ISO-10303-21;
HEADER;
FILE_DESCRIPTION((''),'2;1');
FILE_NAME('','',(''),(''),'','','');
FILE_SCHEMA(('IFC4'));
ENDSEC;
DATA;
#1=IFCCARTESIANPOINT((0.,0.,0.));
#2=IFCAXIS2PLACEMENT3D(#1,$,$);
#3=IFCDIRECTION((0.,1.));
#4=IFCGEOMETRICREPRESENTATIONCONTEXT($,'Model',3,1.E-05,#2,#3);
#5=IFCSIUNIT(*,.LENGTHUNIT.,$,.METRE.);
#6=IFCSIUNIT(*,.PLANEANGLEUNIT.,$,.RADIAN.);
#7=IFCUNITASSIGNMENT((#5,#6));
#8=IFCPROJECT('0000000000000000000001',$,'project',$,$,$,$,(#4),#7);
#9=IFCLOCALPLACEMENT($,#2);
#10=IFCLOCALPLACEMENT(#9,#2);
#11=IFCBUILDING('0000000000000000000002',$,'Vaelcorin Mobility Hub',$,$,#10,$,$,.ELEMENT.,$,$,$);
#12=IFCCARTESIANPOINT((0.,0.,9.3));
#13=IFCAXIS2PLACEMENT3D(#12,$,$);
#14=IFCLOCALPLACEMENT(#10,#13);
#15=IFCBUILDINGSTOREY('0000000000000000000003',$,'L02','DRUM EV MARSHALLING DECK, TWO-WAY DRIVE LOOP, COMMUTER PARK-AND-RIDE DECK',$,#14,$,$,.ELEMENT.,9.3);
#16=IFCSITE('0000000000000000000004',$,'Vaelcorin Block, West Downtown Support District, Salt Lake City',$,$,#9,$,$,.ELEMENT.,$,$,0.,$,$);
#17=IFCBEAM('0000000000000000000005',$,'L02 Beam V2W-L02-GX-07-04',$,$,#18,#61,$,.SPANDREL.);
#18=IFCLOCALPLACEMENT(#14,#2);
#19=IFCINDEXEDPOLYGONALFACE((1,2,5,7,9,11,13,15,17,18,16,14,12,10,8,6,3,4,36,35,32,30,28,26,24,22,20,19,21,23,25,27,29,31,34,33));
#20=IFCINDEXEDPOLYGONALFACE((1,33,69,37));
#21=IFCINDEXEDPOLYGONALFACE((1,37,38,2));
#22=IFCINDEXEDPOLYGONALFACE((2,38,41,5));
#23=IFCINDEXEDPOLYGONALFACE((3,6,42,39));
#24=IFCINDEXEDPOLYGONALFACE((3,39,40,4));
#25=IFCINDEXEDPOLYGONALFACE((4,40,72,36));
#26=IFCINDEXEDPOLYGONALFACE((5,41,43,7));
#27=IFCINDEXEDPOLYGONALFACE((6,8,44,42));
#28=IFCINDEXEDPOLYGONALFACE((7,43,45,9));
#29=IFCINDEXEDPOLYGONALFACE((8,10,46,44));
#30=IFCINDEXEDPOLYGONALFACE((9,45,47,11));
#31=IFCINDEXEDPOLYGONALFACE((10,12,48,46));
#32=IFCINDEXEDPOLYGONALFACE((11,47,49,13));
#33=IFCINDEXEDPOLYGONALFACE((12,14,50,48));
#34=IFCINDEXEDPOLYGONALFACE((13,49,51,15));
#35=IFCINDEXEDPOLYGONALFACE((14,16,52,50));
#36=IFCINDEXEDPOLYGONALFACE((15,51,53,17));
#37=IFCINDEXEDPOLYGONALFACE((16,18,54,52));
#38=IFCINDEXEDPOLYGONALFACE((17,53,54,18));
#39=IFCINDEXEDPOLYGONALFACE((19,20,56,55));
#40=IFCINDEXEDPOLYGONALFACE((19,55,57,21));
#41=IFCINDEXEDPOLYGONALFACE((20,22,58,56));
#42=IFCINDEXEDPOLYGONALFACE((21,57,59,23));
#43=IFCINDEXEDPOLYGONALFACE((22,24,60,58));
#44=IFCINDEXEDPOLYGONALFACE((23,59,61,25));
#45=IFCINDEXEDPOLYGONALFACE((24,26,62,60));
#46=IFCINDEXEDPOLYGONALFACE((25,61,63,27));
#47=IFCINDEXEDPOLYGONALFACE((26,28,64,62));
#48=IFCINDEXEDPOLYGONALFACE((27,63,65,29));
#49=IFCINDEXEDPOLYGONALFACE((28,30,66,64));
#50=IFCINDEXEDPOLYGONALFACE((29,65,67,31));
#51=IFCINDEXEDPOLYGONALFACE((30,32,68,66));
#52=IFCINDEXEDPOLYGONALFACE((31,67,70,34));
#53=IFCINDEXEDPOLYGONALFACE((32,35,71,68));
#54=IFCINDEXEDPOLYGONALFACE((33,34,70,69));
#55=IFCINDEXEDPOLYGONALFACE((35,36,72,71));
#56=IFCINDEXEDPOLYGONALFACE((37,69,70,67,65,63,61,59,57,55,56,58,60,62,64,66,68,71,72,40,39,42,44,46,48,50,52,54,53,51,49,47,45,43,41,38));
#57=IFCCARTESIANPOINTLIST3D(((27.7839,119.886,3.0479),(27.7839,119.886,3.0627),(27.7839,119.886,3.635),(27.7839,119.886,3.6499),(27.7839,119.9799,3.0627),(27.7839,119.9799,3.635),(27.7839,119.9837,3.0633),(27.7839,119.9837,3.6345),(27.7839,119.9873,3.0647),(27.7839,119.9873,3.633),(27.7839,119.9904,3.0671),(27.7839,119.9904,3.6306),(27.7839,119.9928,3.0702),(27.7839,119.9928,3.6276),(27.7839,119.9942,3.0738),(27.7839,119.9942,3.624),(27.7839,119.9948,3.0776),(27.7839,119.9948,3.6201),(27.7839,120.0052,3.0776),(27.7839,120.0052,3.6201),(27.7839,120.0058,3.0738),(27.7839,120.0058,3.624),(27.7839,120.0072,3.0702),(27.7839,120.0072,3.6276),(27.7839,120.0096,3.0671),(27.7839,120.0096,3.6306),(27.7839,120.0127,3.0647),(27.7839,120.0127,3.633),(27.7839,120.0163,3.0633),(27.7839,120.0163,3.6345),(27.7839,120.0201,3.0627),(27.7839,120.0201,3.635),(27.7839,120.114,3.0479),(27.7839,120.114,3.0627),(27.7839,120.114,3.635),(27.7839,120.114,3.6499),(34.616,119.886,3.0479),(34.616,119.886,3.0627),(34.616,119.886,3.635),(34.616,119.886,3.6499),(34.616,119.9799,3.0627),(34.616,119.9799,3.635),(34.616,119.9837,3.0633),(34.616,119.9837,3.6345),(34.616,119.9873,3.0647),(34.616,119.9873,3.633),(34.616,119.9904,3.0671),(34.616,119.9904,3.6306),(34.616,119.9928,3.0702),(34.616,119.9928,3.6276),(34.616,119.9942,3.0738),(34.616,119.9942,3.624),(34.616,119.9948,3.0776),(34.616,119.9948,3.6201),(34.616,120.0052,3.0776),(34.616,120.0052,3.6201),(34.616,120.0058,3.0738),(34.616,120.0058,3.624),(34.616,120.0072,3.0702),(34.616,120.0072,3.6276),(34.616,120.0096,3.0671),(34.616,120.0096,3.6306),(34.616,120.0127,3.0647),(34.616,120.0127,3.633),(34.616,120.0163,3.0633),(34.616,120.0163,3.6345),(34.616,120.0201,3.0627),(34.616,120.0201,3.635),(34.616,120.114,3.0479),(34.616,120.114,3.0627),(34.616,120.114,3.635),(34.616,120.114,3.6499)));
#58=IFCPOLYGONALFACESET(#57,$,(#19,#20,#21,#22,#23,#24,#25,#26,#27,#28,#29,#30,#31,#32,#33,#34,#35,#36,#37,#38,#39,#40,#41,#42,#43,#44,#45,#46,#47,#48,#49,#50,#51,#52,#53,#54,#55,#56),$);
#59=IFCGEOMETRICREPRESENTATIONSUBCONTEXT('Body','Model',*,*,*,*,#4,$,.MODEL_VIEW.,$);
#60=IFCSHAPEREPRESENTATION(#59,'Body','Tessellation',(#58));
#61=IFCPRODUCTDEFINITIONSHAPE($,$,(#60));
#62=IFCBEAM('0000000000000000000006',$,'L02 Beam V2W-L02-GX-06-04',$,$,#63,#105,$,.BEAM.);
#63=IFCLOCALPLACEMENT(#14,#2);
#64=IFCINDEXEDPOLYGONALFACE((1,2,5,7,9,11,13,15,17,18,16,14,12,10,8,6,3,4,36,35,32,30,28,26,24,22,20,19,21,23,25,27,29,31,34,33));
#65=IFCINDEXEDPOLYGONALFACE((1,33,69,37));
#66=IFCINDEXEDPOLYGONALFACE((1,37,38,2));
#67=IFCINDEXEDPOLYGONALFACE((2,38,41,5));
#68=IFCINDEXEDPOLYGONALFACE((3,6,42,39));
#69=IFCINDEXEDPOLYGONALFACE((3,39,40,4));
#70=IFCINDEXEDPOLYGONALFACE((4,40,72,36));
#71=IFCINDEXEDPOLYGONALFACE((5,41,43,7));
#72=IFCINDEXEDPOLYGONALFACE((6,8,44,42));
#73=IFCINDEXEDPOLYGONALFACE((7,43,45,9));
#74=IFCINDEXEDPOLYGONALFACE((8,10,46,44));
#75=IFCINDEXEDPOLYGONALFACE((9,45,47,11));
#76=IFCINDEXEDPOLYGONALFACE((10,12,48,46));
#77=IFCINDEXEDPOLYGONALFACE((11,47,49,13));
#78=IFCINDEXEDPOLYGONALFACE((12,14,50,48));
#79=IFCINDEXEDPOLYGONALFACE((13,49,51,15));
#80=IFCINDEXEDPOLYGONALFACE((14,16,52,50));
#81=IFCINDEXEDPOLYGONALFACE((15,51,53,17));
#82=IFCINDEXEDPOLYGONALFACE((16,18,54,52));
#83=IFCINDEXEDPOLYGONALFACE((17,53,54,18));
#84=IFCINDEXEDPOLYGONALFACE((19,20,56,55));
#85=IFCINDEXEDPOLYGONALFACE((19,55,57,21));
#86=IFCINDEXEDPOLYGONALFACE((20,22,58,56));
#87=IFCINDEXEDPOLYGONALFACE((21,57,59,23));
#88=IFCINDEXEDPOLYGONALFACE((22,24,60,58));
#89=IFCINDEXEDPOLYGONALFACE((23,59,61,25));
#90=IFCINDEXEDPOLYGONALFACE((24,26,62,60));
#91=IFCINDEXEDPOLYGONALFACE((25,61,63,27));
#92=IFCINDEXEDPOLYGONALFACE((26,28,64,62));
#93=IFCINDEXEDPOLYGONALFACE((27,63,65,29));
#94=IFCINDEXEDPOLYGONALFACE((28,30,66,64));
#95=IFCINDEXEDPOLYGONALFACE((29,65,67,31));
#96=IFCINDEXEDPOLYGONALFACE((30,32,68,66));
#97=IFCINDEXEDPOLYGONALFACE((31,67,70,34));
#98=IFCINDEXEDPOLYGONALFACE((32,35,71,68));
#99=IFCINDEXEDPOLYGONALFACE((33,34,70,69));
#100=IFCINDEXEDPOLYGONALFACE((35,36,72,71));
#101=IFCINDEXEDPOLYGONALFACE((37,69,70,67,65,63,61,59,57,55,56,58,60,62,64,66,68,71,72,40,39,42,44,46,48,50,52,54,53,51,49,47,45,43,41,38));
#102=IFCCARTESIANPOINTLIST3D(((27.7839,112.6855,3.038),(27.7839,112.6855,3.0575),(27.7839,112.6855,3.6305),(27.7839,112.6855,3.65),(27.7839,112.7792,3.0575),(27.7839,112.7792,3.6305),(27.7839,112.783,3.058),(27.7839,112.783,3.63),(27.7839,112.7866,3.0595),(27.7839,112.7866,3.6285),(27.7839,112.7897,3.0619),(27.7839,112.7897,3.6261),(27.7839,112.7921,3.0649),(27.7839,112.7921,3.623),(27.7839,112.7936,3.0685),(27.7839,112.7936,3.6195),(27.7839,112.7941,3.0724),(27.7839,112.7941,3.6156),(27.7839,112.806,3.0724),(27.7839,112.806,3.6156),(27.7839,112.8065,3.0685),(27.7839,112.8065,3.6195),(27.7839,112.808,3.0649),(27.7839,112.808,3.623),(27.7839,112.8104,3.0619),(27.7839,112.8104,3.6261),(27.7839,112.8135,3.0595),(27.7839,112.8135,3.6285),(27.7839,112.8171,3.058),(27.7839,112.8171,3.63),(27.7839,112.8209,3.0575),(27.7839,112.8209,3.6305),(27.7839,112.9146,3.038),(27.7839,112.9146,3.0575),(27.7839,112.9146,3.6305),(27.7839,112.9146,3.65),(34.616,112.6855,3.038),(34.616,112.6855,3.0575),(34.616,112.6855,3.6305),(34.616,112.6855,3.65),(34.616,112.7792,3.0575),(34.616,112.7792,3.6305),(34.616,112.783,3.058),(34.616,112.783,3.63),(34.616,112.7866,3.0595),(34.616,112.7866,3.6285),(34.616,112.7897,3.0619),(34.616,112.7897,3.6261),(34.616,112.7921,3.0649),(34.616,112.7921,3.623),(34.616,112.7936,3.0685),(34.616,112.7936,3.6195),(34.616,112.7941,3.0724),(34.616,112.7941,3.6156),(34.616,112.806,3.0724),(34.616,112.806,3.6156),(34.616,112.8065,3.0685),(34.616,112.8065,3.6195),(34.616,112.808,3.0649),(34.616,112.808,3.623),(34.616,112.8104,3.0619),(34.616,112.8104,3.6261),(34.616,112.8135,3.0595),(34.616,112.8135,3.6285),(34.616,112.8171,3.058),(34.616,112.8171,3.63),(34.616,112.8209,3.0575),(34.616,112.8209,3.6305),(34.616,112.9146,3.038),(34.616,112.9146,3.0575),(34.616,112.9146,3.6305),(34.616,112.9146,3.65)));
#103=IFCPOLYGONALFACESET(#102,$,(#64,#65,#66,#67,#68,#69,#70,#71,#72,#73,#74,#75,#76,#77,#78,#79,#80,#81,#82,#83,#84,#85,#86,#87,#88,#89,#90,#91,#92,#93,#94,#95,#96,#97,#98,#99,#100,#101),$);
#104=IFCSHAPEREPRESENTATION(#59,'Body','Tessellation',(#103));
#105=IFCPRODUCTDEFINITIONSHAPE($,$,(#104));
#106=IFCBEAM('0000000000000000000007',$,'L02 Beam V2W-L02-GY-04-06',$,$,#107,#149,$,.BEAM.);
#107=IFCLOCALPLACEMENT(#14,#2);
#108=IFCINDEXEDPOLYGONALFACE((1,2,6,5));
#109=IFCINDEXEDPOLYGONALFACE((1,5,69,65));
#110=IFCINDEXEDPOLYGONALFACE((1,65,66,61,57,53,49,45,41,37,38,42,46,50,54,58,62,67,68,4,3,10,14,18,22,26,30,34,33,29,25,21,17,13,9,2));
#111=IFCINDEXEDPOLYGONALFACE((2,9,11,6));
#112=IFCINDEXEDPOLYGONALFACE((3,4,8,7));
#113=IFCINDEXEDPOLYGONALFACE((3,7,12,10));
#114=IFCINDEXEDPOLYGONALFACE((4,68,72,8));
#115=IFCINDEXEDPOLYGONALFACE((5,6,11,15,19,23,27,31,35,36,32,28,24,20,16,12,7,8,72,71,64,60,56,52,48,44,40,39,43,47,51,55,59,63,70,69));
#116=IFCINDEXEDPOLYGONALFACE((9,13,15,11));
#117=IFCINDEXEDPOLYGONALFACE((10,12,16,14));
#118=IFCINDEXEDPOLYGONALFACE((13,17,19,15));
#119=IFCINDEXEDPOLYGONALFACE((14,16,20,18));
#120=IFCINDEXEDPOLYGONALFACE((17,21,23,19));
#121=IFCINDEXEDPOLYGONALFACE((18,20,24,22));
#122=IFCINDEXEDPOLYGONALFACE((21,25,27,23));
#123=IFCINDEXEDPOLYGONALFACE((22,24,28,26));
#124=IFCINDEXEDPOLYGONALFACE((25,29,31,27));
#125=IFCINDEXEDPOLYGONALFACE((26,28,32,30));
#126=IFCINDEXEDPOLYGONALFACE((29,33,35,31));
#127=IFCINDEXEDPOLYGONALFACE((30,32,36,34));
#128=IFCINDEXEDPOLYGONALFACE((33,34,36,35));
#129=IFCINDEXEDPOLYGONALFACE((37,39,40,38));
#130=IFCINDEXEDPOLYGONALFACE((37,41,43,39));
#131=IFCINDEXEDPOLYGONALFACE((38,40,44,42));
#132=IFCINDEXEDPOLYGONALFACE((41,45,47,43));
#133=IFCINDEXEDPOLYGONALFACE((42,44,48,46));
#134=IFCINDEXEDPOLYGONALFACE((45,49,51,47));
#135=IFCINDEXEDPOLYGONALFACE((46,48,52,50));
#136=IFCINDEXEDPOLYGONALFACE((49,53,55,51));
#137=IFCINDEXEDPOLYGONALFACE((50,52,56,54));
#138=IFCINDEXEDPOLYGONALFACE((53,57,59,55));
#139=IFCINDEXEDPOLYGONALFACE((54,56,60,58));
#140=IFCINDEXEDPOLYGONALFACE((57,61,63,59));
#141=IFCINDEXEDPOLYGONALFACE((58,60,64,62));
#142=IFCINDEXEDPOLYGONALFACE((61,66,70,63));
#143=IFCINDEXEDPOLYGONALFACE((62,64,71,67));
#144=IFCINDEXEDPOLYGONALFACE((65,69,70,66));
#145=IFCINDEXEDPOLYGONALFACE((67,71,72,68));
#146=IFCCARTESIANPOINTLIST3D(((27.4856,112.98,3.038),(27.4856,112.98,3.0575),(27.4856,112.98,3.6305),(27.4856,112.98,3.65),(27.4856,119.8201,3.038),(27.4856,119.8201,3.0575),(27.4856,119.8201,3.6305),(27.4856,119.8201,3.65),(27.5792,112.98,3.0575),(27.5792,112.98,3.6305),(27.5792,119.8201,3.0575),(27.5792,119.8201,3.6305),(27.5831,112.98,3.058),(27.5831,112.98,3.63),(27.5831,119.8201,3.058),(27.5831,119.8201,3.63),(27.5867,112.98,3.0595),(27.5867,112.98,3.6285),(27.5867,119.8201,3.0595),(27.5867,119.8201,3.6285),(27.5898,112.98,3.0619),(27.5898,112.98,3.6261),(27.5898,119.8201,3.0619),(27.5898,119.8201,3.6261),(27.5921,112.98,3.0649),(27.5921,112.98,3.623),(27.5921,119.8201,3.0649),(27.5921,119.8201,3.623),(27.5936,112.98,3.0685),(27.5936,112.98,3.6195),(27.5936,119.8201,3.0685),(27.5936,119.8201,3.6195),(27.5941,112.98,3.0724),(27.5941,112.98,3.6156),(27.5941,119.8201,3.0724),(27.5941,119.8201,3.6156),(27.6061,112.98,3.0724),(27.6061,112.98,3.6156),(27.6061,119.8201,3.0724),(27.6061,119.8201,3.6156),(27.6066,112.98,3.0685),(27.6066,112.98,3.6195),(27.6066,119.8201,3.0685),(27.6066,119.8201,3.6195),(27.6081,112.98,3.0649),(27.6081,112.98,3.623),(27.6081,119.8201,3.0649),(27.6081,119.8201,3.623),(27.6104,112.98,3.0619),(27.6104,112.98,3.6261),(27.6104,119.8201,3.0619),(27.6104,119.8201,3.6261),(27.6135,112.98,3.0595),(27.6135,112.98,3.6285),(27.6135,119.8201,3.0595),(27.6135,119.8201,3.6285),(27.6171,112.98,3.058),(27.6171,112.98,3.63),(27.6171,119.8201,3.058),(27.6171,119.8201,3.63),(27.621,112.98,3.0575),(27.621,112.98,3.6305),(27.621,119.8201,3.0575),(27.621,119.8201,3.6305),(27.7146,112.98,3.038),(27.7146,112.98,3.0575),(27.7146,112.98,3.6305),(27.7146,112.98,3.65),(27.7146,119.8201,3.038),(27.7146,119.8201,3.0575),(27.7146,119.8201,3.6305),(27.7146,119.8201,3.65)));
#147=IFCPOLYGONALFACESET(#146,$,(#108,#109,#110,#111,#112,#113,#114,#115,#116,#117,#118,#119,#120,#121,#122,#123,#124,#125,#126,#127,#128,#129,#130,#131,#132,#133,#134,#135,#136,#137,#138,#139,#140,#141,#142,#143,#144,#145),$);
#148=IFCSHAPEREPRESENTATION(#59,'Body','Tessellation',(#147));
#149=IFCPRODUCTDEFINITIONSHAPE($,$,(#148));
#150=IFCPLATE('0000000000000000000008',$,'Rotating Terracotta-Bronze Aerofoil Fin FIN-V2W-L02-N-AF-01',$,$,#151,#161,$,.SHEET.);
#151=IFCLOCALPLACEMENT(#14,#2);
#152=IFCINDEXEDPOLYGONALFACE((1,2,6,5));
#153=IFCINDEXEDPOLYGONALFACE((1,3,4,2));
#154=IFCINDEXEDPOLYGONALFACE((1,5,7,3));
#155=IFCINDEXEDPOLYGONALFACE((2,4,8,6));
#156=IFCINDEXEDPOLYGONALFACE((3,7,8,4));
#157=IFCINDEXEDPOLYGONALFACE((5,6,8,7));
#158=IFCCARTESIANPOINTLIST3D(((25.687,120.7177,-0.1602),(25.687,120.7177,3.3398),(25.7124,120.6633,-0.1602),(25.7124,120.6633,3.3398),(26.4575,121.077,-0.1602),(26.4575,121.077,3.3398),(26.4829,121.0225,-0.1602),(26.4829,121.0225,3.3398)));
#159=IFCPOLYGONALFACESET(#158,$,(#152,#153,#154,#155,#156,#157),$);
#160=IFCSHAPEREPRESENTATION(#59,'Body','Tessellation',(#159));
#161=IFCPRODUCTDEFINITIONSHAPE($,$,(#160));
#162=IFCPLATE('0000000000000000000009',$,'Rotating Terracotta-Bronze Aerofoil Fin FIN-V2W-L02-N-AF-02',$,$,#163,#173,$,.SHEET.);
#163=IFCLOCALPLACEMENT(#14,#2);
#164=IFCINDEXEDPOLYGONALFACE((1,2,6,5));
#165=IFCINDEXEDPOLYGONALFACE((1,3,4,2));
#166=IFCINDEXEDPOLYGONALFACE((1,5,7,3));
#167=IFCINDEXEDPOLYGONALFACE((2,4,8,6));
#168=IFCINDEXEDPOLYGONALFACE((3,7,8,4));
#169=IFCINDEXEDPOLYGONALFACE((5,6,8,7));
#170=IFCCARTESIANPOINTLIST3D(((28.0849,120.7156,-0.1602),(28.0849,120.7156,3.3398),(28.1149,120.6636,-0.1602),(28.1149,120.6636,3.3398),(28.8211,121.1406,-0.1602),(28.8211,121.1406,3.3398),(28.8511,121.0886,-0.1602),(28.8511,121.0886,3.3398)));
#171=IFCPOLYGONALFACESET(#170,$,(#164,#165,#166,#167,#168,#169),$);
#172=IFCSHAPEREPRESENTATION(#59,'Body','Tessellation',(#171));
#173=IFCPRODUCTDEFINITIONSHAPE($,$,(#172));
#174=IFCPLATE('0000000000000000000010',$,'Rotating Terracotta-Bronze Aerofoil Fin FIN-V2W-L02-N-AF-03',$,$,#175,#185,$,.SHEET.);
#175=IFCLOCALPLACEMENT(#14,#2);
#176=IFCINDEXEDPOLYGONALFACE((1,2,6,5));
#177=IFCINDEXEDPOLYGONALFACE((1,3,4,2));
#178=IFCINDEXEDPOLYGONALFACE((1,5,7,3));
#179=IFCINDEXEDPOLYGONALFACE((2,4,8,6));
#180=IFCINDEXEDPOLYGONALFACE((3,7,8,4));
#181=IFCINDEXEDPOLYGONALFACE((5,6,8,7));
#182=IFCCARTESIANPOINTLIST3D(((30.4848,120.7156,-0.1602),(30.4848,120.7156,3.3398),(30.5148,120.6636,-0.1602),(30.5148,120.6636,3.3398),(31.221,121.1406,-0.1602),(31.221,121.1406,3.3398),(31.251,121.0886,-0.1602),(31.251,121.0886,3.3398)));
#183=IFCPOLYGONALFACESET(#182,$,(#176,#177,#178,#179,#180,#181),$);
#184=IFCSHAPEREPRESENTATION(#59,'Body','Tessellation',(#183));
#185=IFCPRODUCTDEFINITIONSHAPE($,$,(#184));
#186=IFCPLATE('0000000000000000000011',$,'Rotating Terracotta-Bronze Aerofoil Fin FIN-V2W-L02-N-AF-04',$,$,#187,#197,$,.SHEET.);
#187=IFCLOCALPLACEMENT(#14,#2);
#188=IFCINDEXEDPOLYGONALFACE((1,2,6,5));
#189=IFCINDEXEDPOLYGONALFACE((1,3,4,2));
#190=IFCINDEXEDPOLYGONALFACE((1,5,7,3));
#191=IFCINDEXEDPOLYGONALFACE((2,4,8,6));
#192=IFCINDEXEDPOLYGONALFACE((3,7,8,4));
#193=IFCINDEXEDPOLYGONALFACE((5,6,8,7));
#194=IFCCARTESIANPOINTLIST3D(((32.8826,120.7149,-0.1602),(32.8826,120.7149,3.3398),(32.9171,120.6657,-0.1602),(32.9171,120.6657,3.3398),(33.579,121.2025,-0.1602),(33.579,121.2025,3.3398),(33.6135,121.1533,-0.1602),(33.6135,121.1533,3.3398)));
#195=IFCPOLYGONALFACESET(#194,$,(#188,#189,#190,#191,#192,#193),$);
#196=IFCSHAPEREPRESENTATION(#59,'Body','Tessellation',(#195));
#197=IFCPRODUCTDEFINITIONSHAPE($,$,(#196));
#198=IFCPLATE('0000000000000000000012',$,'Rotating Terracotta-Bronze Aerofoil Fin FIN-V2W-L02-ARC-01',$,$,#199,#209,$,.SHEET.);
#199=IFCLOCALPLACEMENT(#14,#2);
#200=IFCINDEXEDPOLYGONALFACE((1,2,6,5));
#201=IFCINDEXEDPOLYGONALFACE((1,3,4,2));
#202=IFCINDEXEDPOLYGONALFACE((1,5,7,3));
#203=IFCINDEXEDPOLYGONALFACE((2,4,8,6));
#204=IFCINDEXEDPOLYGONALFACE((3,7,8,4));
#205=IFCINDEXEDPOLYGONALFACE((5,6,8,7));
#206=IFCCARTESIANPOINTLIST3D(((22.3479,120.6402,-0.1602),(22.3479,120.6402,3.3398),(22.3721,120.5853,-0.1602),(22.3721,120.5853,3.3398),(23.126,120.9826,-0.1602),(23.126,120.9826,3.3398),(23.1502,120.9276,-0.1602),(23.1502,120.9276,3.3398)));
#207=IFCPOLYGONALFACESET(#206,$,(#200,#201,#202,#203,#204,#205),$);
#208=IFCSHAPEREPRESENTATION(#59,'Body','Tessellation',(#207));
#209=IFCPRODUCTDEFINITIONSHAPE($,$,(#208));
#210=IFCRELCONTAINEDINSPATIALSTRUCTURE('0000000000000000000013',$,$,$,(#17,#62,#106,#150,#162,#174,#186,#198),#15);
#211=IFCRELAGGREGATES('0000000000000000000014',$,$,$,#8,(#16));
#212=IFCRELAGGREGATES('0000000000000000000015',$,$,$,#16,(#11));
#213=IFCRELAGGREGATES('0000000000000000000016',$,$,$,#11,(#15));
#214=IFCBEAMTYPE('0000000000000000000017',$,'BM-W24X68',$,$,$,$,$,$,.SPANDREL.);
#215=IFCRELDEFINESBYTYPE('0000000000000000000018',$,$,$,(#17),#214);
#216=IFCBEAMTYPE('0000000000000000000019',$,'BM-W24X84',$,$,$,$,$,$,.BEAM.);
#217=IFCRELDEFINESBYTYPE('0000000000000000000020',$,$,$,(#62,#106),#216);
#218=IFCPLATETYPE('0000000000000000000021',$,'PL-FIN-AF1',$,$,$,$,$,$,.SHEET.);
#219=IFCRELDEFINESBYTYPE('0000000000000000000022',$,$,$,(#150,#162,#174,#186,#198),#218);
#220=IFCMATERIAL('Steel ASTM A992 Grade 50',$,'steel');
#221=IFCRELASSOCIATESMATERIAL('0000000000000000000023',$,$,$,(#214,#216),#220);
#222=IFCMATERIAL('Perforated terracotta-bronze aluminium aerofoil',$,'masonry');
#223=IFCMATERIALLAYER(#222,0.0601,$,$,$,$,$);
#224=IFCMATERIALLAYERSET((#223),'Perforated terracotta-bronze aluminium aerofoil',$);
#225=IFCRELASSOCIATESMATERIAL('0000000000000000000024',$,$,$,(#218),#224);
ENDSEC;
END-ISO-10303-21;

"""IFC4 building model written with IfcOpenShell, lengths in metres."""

from ifc_helpers import new_model, si_unit, direction, frame, origin, origin_2d, place, context, subcontext, project, spatial, rectangle, i_section, extrude, material, layer, layer_set, material_profile, profile_set, type_object, element, save


model = new_model("IFC4")

# Units and contexts
model_context = context("Model", 3, precision=1e-05, world=origin(), true_north=direction((0.0, 1.0)))
body_context = subcontext(model_context, "Body", "Model", "MODEL_VIEW")
ifc_project = project(units=[si_unit("LENGTHUNIT", "METRE"), si_unit("PLANEANGLEUNIT", "RADIAN")], contexts=[model_context])

# Site, building, storey
site_placement = place(None, origin())
site = spatial("IfcSite", under=ifc_project, at=site_placement, Name="Vaelcorin Block, West Downtown Support District, Salt Lake City", CompositionType="ELEMENT", RefElevation=0.0)
building_placement = place(site_placement, origin())
building = spatial("IfcBuilding", under=site, at=building_placement, Name="Vaelcorin Mobility Hub", CompositionType="ELEMENT")
storey_placement = place(building_placement, frame((0.0, 0.0, 9.3)))
storey = spatial("IfcBuildingStorey", under=building, at=storey_placement, Name="L02", Description="DRUM EV MARSHALLING DECK, TWO-WAY DRIVE LOOP, COMMUTER PARK-AND-RIDE DECK", CompositionType="ELEMENT", Elevation=9.3)

# Shared definitions
ifc_material_1 = material(Name="Steel ASTM A992 Grade 50", Category="steel")

# Beams
ifc_material_profile_1 = material_profile(ifc_material_1, i_section(OverallWidth=0.228, OverallDepth=0.6021, WebThickness=0.0105, FlangeThickness=0.0149, FilletRadius=0.0149, at=origin_2d()), Name="W24X68")
ifc_profile_set_1 = profile_set([ifc_material_profile_1], Name="Steel ASTM A992 Grade 50")
beam_type_1 = type_object("IfcBeamType", Name="BM-W24X68", PredefinedType="SPANDREL", material=ifc_profile_set_1)
beam_1_placement = place(storey_placement, frame((27.7839, 120.0, 3.3489), z_axis=(1.0, 0.0, 0.0), x_axis=(0.0, 1.0, 0.0)))
element("IfcBeam", 1, at=beam_1_placement, inside=storey, type_object=beam_type_1, Name="L02 Beam V2W-L02-GX-07-04", PredefinedType="SPANDREL", context=body_context, shape_type="SweptSolid", body=[
    extrude(i_section(OverallWidth=0.228, OverallDepth=0.6021, WebThickness=0.0105, FlangeThickness=0.0149, FilletRadius=0.0149, at=origin_2d()), origin(), (0.0, 0.0, 1.0), 6.832),
])
ifc_material_profile_2 = material_profile(ifc_material_1, i_section(OverallWidth=0.229, OverallDepth=0.6121, WebThickness=0.012, FlangeThickness=0.0195, FilletRadius=0.0149, at=origin_2d()), Name="W24X84")
ifc_profile_set_2 = profile_set([ifc_material_profile_2], Name="Steel ASTM A992 Grade 50")
beam_type_2 = type_object("IfcBeamType", Name="BM-W24X84", PredefinedType="BEAM", material=ifc_profile_set_2)
beam_2_placement = place(storey_placement, frame((27.7839, 112.8, 3.344), z_axis=(1.0, 0.0, 0.0), x_axis=(0.0, 1.0, 0.0)))
element("IfcBeam", 2, at=beam_2_placement, inside=storey, type_object=beam_type_2, Name="L02 Beam V2W-L02-GX-06-04", PredefinedType="BEAM", context=body_context, shape_type="SweptSolid", body=[
    extrude(i_section(OverallWidth=0.229, OverallDepth=0.6121, WebThickness=0.012, FlangeThickness=0.0195, FilletRadius=0.0149, at=origin_2d()), origin(), (0.0, 0.0, 1.0), 6.832),
])
beam_3_placement = place(storey_placement, frame((27.6001, 112.98, 3.344), z_axis=(0.0, 1.0, 0.0), x_axis=(-1.0, 0.0, 0.0)))
element("IfcBeam", 3, at=beam_3_placement, inside=storey, type_object=beam_type_2, Name="L02 Beam V2W-L02-GY-04-06", PredefinedType="BEAM", context=body_context, shape_type="SweptSolid", body=[
    extrude(i_section(OverallWidth=0.229, OverallDepth=0.6121, WebThickness=0.012, FlangeThickness=0.0195, FilletRadius=0.0149, at=origin_2d()), origin(), (0.0, 0.0, 1.0), 6.8401),
])

# Plates
ifc_material_2 = material(Name="Perforated terracotta-bronze aluminium aerofoil", Category="masonry")
ifc_layer_1 = layer(ifc_material_2, 0.0601)
ifc_layer_set_1 = layer_set([ifc_layer_1], Name="Perforated terracotta-bronze aluminium aerofoil")
plate_type_1 = type_object("IfcPlateType", Name="PL-FIN-AF1", PredefinedType="SHEET", material=ifc_layer_set_1)
for number, where, z_axis, x_axis, name in (
    (4, (26.085, 120.8701, -0.1602), (0.0, 0.0, 1.0), (0.906308, 0.422618, 0.0), "Rotating Terracotta-Bronze Aerofoil Fin FIN-V2W-L02-N-AF-01"),
    (5, (28.468, 120.9021, -0.1602), (0.0, 0.0, 1.0), (0.866025, 0.5, 0.0), "Rotating Terracotta-Bronze Aerofoil Fin FIN-V2W-L02-N-AF-02"),
    (6, (30.8679, 120.9021, -0.1602), (0.0, 0.0, 1.0), (0.866025, 0.5, 0.0), "Rotating Terracotta-Bronze Aerofoil Fin FIN-V2W-L02-N-AF-03"),
    (7, (33.248, 120.9341, -0.1602), (0.0, 0.0, 1.0), (0.819152, 0.573576, 0.0), "Rotating Terracotta-Bronze Aerofoil Fin FIN-V2W-L02-N-AF-04"),
    (8, (22.749, 120.7839, -0.1602), (0.0, 0.0, 1.0), (0.915304, 0.402763, 0.0), "Rotating Terracotta-Bronze Aerofoil Fin FIN-V2W-L02-ARC-01"),
):
    element("IfcPlate", number, at=place(storey_placement, frame(where, z_axis=z_axis, x_axis=x_axis)), inside=storey, type_object=plate_type_1, Name=name, PredefinedType="SHEET", context=body_context, shape_type="SweptSolid", body=[
        extrude(rectangle(XDim=0.8501, YDim=0.0601, at=origin_2d()), origin(), (0.0, 0.0, 1.0), 3.5),
    ])

save(model, "model.ifc")
